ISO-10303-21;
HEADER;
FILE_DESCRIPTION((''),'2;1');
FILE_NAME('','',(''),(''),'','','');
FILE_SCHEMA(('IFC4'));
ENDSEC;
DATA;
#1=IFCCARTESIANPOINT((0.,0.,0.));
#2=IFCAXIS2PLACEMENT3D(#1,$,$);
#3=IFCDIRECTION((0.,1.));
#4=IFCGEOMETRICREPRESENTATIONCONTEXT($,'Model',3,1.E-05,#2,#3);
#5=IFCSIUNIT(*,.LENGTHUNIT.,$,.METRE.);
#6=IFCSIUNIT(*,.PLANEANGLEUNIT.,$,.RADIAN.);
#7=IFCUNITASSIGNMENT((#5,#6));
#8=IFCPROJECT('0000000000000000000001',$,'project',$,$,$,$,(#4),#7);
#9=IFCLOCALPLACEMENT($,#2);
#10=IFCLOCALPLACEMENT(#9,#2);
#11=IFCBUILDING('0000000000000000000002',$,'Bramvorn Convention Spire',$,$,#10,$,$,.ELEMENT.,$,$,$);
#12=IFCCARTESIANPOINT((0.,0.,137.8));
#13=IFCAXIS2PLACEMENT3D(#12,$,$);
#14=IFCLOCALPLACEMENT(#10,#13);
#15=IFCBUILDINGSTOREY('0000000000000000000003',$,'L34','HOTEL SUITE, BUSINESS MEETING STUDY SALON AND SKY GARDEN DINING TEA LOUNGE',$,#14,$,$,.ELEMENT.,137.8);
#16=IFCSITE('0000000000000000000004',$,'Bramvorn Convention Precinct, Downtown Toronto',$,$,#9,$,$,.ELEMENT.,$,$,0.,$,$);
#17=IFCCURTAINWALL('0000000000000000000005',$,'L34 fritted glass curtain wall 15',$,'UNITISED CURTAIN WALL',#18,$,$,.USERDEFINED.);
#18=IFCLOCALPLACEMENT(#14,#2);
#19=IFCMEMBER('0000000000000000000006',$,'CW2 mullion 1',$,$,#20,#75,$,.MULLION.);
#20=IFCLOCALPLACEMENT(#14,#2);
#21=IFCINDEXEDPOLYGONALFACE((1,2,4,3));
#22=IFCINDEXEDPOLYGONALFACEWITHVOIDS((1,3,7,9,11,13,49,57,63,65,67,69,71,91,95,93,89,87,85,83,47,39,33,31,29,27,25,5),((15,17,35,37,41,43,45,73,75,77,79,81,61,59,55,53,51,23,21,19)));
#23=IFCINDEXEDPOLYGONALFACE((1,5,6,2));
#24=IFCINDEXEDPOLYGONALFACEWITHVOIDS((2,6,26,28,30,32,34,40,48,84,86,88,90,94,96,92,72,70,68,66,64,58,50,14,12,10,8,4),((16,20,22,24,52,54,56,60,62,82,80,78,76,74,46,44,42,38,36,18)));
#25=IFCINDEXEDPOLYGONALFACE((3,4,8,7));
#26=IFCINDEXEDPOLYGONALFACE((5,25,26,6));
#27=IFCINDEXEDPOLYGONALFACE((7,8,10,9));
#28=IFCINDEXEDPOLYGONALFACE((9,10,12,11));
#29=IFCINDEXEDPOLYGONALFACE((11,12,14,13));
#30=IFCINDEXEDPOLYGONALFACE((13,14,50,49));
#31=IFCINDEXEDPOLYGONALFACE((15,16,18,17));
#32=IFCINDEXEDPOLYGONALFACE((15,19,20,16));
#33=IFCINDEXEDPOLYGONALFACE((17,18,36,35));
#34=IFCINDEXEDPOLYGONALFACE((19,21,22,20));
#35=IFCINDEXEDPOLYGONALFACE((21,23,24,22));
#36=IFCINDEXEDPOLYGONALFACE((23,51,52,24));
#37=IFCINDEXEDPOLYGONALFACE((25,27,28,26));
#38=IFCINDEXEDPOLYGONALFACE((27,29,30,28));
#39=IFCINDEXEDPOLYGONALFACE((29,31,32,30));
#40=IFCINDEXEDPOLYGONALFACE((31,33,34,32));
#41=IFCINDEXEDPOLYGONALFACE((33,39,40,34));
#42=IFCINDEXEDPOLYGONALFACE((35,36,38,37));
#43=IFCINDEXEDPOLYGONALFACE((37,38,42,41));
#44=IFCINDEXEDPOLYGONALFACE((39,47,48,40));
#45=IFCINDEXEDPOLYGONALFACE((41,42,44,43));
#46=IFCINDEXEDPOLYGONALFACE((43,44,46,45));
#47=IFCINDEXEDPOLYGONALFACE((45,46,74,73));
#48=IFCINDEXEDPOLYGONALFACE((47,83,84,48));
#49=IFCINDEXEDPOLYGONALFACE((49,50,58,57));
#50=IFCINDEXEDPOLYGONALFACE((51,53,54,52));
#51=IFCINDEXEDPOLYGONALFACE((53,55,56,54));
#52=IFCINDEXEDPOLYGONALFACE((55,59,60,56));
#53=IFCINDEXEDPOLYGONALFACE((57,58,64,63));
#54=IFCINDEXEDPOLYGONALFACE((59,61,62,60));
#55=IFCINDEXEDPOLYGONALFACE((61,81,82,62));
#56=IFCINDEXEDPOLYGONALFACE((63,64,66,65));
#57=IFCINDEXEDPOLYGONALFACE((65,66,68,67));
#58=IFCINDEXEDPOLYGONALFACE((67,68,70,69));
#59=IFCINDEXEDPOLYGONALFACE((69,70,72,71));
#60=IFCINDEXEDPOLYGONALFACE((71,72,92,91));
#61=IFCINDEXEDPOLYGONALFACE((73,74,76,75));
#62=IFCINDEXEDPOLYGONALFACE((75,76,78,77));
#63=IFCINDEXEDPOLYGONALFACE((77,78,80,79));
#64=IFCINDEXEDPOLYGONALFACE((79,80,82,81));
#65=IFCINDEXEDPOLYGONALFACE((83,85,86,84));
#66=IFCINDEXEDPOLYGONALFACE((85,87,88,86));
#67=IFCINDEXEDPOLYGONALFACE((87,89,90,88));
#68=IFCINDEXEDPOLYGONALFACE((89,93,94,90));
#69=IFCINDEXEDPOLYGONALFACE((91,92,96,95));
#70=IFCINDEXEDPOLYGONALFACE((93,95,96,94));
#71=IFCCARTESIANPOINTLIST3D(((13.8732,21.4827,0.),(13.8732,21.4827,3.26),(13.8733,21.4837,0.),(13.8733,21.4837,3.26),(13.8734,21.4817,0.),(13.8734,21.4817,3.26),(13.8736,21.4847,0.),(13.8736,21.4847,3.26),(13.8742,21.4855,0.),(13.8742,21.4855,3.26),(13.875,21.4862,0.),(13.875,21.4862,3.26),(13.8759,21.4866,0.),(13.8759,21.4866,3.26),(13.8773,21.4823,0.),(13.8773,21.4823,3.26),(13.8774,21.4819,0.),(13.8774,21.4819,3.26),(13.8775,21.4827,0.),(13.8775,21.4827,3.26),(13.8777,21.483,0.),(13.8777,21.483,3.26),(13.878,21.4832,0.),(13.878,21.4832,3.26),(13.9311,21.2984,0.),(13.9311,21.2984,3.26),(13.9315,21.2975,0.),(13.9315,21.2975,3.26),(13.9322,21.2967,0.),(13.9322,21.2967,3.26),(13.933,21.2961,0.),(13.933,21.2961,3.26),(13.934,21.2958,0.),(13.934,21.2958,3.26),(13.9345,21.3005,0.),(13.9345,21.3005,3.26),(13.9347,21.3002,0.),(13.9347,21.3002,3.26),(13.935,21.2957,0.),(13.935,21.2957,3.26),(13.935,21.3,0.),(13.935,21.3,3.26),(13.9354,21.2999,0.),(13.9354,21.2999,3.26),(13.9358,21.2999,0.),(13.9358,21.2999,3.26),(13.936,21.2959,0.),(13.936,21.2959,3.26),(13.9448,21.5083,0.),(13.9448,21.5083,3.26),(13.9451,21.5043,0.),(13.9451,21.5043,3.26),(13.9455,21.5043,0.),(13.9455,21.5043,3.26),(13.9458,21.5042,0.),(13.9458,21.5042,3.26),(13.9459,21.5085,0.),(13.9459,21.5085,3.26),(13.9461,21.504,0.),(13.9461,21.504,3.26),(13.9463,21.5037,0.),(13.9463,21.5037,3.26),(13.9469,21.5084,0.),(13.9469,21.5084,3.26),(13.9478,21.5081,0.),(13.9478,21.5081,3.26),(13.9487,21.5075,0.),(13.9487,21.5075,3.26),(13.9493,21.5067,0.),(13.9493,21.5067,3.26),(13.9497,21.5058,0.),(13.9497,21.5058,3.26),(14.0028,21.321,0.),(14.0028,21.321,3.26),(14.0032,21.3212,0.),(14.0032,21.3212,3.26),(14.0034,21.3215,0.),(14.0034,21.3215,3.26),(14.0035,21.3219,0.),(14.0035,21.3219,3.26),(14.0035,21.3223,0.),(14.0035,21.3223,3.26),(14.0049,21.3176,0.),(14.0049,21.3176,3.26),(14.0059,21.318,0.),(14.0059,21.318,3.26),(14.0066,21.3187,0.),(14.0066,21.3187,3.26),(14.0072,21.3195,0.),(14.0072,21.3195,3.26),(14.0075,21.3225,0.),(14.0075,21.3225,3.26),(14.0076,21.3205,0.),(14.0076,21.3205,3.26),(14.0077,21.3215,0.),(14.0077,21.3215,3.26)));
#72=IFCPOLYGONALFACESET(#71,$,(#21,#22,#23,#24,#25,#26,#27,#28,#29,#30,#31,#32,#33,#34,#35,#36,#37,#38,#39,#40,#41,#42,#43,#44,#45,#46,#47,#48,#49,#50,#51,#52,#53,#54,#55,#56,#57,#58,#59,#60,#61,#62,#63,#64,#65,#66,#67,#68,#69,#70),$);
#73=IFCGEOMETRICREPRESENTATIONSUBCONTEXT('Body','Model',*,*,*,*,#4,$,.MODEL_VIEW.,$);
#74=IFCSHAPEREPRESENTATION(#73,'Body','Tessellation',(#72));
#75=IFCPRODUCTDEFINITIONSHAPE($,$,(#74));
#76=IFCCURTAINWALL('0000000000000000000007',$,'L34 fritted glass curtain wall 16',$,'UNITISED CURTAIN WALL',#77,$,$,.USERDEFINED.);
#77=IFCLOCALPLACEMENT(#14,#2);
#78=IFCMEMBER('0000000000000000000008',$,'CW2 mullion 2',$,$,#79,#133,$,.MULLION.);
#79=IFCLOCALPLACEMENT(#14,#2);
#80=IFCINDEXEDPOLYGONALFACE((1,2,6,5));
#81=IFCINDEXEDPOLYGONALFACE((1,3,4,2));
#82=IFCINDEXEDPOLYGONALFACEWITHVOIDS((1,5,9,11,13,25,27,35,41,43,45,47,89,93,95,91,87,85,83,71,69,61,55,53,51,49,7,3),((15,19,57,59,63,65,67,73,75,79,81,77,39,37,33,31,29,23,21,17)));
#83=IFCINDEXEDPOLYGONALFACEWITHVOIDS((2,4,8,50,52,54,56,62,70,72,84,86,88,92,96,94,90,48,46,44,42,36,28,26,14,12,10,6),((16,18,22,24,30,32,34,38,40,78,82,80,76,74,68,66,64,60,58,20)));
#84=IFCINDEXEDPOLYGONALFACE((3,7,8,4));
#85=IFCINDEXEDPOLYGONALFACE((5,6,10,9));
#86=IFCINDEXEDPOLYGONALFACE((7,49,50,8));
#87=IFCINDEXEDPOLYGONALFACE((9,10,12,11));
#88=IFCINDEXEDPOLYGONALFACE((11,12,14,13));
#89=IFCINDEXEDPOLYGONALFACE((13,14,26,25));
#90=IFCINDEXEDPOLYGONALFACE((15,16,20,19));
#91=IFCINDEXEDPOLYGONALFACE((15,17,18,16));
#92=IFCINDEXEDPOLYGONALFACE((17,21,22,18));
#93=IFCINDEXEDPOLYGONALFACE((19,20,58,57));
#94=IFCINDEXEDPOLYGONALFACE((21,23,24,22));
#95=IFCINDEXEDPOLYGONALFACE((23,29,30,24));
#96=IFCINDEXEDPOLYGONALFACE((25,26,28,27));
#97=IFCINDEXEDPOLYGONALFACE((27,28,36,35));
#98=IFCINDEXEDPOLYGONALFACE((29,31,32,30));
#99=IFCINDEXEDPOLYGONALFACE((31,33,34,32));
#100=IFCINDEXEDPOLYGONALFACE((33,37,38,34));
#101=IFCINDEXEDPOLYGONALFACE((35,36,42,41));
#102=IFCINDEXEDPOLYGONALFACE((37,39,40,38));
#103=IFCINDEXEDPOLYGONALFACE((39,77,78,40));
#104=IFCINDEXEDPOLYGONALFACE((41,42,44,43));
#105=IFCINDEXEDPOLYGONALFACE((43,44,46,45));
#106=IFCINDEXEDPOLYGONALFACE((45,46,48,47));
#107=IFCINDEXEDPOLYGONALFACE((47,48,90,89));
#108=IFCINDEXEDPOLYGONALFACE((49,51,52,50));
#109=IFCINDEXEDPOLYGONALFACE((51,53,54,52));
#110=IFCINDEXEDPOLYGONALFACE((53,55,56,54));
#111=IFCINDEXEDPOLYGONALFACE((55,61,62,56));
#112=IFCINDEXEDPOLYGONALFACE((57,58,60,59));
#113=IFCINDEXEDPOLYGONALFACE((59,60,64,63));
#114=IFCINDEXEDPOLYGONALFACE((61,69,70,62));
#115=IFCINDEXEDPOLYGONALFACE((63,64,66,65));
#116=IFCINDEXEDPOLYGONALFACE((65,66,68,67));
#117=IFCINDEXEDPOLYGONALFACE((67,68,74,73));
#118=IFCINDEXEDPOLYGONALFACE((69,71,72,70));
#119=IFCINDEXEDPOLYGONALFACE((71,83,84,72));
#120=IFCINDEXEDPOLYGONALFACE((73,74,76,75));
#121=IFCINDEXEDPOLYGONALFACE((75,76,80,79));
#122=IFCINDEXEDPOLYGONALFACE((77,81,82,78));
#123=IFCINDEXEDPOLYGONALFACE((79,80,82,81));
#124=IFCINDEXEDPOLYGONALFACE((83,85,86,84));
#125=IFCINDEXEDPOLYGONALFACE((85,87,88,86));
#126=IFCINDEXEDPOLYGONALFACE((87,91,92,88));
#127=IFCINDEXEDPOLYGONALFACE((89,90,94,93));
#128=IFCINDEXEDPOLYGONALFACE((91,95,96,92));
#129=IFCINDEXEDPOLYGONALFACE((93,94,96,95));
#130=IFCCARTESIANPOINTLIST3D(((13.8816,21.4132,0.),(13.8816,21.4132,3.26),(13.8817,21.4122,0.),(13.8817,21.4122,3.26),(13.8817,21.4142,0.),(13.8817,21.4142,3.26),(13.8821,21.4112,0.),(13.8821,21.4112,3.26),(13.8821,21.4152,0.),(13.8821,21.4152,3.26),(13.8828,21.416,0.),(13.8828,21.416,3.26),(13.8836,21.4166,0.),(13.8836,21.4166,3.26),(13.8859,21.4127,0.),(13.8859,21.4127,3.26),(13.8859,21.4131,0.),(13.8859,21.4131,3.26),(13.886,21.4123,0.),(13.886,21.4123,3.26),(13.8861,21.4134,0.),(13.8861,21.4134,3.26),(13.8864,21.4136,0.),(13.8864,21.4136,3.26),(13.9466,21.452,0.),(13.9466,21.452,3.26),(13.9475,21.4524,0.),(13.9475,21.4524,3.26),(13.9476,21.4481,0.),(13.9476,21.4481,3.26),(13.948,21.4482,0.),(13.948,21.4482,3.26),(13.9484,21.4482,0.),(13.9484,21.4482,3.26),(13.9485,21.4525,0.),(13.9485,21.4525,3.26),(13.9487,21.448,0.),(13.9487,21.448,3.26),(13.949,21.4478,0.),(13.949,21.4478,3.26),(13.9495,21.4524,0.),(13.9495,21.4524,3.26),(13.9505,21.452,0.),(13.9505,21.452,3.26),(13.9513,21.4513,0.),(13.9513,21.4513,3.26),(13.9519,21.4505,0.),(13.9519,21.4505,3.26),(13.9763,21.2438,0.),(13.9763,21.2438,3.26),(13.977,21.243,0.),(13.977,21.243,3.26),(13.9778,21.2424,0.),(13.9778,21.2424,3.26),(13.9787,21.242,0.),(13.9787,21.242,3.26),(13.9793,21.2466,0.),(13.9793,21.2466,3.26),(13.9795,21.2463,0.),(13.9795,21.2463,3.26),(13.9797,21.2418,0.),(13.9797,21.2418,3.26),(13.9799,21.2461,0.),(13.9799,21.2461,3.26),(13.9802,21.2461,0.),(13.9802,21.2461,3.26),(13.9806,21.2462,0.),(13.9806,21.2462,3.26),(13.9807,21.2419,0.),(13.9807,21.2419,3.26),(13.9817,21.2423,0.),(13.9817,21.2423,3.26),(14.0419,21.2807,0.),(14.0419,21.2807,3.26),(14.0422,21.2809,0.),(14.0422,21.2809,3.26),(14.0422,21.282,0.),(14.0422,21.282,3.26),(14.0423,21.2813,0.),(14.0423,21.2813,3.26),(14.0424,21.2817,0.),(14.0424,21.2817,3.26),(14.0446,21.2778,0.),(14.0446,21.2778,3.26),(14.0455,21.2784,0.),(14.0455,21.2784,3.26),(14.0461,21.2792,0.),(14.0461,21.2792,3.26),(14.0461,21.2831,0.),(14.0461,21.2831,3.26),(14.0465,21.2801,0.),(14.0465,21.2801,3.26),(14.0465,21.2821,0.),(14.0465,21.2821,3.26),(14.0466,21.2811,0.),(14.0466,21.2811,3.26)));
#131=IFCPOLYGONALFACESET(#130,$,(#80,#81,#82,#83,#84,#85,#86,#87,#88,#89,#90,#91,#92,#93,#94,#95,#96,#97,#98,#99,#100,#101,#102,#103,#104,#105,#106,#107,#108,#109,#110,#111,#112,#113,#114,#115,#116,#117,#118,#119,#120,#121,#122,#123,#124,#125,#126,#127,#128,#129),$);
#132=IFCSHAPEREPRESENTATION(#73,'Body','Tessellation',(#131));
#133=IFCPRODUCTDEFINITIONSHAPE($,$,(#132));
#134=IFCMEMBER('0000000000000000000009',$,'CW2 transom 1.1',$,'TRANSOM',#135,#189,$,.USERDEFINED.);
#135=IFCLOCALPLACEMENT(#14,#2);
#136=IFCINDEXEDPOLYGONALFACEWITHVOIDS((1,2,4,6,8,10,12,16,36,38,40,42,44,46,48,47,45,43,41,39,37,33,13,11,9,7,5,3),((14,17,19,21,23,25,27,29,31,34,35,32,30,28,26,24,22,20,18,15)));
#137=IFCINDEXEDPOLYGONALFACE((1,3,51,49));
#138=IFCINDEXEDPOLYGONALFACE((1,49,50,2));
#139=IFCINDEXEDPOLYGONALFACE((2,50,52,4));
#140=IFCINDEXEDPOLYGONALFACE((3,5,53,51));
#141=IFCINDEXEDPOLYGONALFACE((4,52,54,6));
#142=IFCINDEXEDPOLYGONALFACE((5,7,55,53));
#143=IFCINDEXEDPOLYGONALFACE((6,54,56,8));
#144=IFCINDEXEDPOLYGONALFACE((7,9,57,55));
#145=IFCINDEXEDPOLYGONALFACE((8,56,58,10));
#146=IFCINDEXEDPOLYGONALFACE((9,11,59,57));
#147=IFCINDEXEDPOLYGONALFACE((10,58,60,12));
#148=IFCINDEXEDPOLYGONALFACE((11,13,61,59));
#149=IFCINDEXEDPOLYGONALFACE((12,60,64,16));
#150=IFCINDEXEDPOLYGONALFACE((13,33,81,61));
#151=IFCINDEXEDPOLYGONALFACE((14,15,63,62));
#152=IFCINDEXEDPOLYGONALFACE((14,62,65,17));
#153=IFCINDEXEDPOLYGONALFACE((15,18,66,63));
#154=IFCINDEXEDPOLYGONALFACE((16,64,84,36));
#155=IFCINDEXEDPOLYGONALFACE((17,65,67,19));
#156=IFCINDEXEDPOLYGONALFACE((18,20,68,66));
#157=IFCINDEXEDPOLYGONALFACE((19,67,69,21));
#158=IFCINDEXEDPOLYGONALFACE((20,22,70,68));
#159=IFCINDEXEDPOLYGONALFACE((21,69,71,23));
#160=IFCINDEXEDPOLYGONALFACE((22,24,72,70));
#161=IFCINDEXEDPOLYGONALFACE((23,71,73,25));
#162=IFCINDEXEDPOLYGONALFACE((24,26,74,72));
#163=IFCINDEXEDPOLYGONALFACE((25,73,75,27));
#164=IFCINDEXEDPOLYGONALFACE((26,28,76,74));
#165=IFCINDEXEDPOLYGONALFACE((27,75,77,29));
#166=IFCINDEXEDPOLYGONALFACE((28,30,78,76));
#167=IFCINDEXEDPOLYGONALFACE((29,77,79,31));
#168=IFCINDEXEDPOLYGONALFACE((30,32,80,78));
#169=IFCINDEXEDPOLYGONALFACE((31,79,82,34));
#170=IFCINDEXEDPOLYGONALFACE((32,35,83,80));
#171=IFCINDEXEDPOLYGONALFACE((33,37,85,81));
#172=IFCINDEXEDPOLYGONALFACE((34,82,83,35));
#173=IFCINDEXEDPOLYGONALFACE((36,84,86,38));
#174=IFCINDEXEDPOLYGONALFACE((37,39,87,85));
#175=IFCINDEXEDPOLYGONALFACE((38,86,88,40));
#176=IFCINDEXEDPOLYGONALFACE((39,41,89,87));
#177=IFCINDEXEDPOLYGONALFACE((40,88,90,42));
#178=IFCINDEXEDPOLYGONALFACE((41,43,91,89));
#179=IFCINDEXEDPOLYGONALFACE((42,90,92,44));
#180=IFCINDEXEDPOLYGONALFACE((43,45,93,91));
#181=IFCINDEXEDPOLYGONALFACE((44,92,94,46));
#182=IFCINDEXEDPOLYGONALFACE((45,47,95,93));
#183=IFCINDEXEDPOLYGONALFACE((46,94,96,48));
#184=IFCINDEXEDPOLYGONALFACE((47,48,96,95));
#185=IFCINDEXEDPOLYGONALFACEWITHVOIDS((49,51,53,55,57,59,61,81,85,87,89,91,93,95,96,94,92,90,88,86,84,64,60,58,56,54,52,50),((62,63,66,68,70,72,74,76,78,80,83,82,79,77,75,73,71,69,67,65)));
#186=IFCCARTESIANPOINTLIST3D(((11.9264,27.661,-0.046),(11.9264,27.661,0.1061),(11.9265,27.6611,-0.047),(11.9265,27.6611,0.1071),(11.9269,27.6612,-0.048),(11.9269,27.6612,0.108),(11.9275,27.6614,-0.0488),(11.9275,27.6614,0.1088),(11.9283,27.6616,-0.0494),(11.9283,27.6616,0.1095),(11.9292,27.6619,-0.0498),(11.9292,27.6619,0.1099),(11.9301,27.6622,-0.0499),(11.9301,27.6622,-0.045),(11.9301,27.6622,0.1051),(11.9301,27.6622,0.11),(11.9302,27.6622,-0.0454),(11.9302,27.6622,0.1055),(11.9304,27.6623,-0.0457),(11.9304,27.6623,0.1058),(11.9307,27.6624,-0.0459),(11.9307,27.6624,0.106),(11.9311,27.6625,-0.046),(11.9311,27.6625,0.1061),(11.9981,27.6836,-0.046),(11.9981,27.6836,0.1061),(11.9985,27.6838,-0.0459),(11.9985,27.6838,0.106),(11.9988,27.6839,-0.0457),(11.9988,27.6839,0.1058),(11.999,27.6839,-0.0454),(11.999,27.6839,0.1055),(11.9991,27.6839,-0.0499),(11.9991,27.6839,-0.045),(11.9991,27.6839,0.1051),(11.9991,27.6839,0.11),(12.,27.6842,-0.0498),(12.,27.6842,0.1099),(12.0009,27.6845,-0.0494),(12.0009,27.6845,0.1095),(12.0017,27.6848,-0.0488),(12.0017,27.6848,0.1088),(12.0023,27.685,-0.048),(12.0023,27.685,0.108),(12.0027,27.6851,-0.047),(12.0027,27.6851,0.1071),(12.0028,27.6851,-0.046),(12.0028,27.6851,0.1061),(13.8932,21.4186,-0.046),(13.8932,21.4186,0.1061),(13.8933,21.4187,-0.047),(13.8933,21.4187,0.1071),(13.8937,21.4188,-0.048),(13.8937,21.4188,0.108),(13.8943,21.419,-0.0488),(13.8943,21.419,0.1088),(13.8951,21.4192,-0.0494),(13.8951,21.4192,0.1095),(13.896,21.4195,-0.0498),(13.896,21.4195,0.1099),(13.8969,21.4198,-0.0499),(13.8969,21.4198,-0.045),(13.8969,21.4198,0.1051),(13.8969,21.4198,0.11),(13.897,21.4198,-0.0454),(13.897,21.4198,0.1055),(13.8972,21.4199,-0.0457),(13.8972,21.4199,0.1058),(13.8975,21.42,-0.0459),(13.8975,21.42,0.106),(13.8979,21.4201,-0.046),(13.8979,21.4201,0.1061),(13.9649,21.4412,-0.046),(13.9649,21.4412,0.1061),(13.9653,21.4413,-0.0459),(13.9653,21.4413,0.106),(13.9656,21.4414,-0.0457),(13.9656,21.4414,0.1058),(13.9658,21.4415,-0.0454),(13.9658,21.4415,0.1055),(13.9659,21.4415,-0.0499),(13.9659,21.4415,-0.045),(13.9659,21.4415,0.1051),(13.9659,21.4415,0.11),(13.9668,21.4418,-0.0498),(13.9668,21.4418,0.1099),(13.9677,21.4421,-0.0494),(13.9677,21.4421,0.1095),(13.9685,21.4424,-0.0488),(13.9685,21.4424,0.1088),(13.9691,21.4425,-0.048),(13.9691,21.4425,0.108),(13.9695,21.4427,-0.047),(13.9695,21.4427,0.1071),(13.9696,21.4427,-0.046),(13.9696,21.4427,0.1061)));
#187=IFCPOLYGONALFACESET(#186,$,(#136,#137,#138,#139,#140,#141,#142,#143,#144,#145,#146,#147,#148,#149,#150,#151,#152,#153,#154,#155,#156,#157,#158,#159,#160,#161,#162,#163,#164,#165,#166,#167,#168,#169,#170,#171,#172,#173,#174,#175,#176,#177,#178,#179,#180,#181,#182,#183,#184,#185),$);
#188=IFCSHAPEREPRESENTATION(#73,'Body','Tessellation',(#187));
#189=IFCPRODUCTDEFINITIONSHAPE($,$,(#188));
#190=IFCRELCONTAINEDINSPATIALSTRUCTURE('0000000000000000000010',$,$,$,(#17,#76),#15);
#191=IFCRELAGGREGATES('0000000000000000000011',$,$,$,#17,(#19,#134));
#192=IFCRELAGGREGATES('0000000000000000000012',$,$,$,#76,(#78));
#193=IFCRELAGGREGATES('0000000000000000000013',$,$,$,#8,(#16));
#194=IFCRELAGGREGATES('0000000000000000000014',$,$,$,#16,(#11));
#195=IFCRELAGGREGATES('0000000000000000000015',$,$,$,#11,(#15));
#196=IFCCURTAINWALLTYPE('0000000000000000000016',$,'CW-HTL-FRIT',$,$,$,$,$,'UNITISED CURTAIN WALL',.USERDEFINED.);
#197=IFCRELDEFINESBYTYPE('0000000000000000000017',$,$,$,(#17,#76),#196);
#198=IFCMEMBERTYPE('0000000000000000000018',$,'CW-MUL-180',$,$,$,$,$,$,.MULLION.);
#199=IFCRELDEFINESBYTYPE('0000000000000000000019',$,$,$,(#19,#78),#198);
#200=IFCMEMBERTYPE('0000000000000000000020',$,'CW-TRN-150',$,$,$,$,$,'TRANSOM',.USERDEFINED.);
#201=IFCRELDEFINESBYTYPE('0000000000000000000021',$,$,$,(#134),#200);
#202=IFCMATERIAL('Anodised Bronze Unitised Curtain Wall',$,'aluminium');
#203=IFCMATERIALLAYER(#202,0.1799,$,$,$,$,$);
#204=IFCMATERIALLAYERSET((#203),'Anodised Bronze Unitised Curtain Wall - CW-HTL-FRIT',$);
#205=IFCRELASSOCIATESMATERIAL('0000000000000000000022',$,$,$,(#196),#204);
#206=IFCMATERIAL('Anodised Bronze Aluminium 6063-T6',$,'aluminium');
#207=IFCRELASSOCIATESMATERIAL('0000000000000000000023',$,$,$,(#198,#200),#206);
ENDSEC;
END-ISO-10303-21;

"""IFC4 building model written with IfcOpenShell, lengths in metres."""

from ifc_helpers import new_model, si_unit, direction, frame, origin, origin_2d, place, context, subcontext, project, spatial, hollow_rectangle, extrude, material, layer, layer_set, material_profile, profile_set, type_object, element, aggregate, save


model = new_model("IFC4")

# Units and contexts
model_context = context("Model", 3, precision=1e-05, world=origin(), true_north=direction((0.0, 1.0)))
body_context = subcontext(model_context, "Body", "Model", "MODEL_VIEW")
ifc_project = project(units=[si_unit("LENGTHUNIT", "METRE"), si_unit("PLANEANGLEUNIT", "RADIAN")], contexts=[model_context])

# Site, building, storey
site_placement = place(None, origin())
site = spatial("IfcSite", under=ifc_project, at=site_placement, Name="Bramvorn Convention Precinct, Downtown Toronto", CompositionType="ELEMENT", RefElevation=0.0)
building_placement = place(site_placement, origin())
building = spatial("IfcBuilding", under=site, at=building_placement, Name="Bramvorn Convention Spire", CompositionType="ELEMENT")
storey_placement = place(building_placement, frame((0.0, 0.0, 137.8)))
storey = spatial("IfcBuildingStorey", under=building, at=storey_placement, Name="L34", Description="HOTEL SUITE, BUSINESS MEETING STUDY SALON AND SKY GARDEN DINING TEA LOUNGE", CompositionType="ELEMENT", Elevation=137.8)

# Curtain walls, members
ifc_material_1 = material(Name="Anodised Bronze Unitised Curtain Wall", Category="aluminium")
ifc_layer_1 = layer(ifc_material_1, 0.1799)
ifc_layer_set_1 = layer_set([ifc_layer_1], Name="Anodised Bronze Unitised Curtain Wall - CW-HTL-FRIT")
curtain_wall_type = type_object("IfcCurtainWallType", Name="CW-HTL-FRIT", ElementType="UNITISED CURTAIN WALL", PredefinedType="USERDEFINED", material=ifc_layer_set_1)
curtain_wall_1_placement = place(storey_placement, origin())
curtain_wall_1 = element("IfcCurtainWall", 1, at=curtain_wall_1_placement, inside=storey, type_object=curtain_wall_type, Name="L34 fritted glass curtain wall 15", ObjectType="UNITISED CURTAIN WALL", PredefinedType="USERDEFINED")
ifc_material_2 = material(Name="Anodised Bronze Aluminium 6063-T6", Category="aluminium")
ifc_material_profile_1 = material_profile(ifc_material_2, hollow_rectangle(XDim=0.0801, YDim=0.2, WallThickness=0.0039, InnerFilletRadius=0.001, OuterFilletRadius=0.0039, at=origin_2d()))
ifc_profile_set_1 = profile_set([ifc_material_profile_1], Name="Anodised Bronze Aluminium 6063-T6 - CWM80X200")
member_type_1 = type_object("IfcMemberType", Name="CW-MUL-180", PredefinedType="MULLION", material=ifc_profile_set_1)
member_1_placement = place(storey_placement, frame((13.9404, 21.4021, 0.0), z_axis=(0.0, 0.0, 1.0), x_axis=(-0.95378, -0.300507, 0.0)))
member_1 = element("IfcMember", 2, at=member_1_placement, type_object=member_type_1, Name="CW2 mullion 1", PredefinedType="MULLION", context=body_context, shape_type="SweptSolid", body=[
    extrude(hollow_rectangle(XDim=0.0801, YDim=0.2, WallThickness=0.0039, InnerFilletRadius=0.001, OuterFilletRadius=0.0039, at=origin_2d()), origin(), (0.0, 0.0, 1.0), 3.26),
])
curtain_wall_2_placement = place(storey_placement, origin())
curtain_wall_2 = element("IfcCurtainWall", 3, at=curtain_wall_2_placement, inside=storey, type_object=curtain_wall_type, Name="L34 fritted glass curtain wall 16", ObjectType="UNITISED CURTAIN WALL", PredefinedType="USERDEFINED")
member_2_placement = place(storey_placement, frame((13.9641, 21.3472, 0.0), z_axis=(0.0, 0.0, 1.0), x_axis=(-0.871438, -0.490506, 0.0)))
member_2 = element("IfcMember", 4, at=member_2_placement, type_object=member_type_1, Name="CW2 mullion 2", PredefinedType="MULLION", context=body_context, shape_type="SweptSolid", body=[
    extrude(hollow_rectangle(XDim=0.0801, YDim=0.2, WallThickness=0.0039, InnerFilletRadius=0.001, OuterFilletRadius=0.0039, at=origin_2d()), origin(), (0.0, 0.0, 1.0), 3.26),
])

# Member
ifc_material_profile_2 = material_profile(ifc_material_2, hollow_rectangle(XDim=0.0801, YDim=0.1599, WallThickness=0.0039, InnerFilletRadius=0.001, OuterFilletRadius=0.0039, at=origin_2d()))
ifc_profile_set_2 = profile_set([ifc_material_profile_2], Name="Anodised Bronze Aluminium 6063-T6 - CWT80X160")
member_type_2 = type_object("IfcMemberType", Name="CW-TRN-150", ElementType="TRANSOM", PredefinedType="USERDEFINED", material=ifc_profile_set_2)
member_3_placement = place(storey_placement, frame((13.9314, 21.4307, 0.03), z_axis=(-0.300506, 0.95378, 0.0), x_axis=(-0.95378, -0.300506, 0.0)))
member_3 = element("IfcMember", 5, at=member_3_placement, type_object=member_type_2, Name="CW2 transom 1.1", ObjectType="TRANSOM", PredefinedType="USERDEFINED", context=body_context, shape_type="SweptSolid", body=[
    extrude(hollow_rectangle(XDim=0.0801, YDim=0.1599, WallThickness=0.0039, InnerFilletRadius=0.001, OuterFilletRadius=0.0039, at=origin_2d()), origin(), (0.0, 0.0, 1.0), 6.5449),
])

aggregate(curtain_wall_1, [member_1, member_3])
aggregate(curtain_wall_2, [member_2])

save(model, "model.ifc")
